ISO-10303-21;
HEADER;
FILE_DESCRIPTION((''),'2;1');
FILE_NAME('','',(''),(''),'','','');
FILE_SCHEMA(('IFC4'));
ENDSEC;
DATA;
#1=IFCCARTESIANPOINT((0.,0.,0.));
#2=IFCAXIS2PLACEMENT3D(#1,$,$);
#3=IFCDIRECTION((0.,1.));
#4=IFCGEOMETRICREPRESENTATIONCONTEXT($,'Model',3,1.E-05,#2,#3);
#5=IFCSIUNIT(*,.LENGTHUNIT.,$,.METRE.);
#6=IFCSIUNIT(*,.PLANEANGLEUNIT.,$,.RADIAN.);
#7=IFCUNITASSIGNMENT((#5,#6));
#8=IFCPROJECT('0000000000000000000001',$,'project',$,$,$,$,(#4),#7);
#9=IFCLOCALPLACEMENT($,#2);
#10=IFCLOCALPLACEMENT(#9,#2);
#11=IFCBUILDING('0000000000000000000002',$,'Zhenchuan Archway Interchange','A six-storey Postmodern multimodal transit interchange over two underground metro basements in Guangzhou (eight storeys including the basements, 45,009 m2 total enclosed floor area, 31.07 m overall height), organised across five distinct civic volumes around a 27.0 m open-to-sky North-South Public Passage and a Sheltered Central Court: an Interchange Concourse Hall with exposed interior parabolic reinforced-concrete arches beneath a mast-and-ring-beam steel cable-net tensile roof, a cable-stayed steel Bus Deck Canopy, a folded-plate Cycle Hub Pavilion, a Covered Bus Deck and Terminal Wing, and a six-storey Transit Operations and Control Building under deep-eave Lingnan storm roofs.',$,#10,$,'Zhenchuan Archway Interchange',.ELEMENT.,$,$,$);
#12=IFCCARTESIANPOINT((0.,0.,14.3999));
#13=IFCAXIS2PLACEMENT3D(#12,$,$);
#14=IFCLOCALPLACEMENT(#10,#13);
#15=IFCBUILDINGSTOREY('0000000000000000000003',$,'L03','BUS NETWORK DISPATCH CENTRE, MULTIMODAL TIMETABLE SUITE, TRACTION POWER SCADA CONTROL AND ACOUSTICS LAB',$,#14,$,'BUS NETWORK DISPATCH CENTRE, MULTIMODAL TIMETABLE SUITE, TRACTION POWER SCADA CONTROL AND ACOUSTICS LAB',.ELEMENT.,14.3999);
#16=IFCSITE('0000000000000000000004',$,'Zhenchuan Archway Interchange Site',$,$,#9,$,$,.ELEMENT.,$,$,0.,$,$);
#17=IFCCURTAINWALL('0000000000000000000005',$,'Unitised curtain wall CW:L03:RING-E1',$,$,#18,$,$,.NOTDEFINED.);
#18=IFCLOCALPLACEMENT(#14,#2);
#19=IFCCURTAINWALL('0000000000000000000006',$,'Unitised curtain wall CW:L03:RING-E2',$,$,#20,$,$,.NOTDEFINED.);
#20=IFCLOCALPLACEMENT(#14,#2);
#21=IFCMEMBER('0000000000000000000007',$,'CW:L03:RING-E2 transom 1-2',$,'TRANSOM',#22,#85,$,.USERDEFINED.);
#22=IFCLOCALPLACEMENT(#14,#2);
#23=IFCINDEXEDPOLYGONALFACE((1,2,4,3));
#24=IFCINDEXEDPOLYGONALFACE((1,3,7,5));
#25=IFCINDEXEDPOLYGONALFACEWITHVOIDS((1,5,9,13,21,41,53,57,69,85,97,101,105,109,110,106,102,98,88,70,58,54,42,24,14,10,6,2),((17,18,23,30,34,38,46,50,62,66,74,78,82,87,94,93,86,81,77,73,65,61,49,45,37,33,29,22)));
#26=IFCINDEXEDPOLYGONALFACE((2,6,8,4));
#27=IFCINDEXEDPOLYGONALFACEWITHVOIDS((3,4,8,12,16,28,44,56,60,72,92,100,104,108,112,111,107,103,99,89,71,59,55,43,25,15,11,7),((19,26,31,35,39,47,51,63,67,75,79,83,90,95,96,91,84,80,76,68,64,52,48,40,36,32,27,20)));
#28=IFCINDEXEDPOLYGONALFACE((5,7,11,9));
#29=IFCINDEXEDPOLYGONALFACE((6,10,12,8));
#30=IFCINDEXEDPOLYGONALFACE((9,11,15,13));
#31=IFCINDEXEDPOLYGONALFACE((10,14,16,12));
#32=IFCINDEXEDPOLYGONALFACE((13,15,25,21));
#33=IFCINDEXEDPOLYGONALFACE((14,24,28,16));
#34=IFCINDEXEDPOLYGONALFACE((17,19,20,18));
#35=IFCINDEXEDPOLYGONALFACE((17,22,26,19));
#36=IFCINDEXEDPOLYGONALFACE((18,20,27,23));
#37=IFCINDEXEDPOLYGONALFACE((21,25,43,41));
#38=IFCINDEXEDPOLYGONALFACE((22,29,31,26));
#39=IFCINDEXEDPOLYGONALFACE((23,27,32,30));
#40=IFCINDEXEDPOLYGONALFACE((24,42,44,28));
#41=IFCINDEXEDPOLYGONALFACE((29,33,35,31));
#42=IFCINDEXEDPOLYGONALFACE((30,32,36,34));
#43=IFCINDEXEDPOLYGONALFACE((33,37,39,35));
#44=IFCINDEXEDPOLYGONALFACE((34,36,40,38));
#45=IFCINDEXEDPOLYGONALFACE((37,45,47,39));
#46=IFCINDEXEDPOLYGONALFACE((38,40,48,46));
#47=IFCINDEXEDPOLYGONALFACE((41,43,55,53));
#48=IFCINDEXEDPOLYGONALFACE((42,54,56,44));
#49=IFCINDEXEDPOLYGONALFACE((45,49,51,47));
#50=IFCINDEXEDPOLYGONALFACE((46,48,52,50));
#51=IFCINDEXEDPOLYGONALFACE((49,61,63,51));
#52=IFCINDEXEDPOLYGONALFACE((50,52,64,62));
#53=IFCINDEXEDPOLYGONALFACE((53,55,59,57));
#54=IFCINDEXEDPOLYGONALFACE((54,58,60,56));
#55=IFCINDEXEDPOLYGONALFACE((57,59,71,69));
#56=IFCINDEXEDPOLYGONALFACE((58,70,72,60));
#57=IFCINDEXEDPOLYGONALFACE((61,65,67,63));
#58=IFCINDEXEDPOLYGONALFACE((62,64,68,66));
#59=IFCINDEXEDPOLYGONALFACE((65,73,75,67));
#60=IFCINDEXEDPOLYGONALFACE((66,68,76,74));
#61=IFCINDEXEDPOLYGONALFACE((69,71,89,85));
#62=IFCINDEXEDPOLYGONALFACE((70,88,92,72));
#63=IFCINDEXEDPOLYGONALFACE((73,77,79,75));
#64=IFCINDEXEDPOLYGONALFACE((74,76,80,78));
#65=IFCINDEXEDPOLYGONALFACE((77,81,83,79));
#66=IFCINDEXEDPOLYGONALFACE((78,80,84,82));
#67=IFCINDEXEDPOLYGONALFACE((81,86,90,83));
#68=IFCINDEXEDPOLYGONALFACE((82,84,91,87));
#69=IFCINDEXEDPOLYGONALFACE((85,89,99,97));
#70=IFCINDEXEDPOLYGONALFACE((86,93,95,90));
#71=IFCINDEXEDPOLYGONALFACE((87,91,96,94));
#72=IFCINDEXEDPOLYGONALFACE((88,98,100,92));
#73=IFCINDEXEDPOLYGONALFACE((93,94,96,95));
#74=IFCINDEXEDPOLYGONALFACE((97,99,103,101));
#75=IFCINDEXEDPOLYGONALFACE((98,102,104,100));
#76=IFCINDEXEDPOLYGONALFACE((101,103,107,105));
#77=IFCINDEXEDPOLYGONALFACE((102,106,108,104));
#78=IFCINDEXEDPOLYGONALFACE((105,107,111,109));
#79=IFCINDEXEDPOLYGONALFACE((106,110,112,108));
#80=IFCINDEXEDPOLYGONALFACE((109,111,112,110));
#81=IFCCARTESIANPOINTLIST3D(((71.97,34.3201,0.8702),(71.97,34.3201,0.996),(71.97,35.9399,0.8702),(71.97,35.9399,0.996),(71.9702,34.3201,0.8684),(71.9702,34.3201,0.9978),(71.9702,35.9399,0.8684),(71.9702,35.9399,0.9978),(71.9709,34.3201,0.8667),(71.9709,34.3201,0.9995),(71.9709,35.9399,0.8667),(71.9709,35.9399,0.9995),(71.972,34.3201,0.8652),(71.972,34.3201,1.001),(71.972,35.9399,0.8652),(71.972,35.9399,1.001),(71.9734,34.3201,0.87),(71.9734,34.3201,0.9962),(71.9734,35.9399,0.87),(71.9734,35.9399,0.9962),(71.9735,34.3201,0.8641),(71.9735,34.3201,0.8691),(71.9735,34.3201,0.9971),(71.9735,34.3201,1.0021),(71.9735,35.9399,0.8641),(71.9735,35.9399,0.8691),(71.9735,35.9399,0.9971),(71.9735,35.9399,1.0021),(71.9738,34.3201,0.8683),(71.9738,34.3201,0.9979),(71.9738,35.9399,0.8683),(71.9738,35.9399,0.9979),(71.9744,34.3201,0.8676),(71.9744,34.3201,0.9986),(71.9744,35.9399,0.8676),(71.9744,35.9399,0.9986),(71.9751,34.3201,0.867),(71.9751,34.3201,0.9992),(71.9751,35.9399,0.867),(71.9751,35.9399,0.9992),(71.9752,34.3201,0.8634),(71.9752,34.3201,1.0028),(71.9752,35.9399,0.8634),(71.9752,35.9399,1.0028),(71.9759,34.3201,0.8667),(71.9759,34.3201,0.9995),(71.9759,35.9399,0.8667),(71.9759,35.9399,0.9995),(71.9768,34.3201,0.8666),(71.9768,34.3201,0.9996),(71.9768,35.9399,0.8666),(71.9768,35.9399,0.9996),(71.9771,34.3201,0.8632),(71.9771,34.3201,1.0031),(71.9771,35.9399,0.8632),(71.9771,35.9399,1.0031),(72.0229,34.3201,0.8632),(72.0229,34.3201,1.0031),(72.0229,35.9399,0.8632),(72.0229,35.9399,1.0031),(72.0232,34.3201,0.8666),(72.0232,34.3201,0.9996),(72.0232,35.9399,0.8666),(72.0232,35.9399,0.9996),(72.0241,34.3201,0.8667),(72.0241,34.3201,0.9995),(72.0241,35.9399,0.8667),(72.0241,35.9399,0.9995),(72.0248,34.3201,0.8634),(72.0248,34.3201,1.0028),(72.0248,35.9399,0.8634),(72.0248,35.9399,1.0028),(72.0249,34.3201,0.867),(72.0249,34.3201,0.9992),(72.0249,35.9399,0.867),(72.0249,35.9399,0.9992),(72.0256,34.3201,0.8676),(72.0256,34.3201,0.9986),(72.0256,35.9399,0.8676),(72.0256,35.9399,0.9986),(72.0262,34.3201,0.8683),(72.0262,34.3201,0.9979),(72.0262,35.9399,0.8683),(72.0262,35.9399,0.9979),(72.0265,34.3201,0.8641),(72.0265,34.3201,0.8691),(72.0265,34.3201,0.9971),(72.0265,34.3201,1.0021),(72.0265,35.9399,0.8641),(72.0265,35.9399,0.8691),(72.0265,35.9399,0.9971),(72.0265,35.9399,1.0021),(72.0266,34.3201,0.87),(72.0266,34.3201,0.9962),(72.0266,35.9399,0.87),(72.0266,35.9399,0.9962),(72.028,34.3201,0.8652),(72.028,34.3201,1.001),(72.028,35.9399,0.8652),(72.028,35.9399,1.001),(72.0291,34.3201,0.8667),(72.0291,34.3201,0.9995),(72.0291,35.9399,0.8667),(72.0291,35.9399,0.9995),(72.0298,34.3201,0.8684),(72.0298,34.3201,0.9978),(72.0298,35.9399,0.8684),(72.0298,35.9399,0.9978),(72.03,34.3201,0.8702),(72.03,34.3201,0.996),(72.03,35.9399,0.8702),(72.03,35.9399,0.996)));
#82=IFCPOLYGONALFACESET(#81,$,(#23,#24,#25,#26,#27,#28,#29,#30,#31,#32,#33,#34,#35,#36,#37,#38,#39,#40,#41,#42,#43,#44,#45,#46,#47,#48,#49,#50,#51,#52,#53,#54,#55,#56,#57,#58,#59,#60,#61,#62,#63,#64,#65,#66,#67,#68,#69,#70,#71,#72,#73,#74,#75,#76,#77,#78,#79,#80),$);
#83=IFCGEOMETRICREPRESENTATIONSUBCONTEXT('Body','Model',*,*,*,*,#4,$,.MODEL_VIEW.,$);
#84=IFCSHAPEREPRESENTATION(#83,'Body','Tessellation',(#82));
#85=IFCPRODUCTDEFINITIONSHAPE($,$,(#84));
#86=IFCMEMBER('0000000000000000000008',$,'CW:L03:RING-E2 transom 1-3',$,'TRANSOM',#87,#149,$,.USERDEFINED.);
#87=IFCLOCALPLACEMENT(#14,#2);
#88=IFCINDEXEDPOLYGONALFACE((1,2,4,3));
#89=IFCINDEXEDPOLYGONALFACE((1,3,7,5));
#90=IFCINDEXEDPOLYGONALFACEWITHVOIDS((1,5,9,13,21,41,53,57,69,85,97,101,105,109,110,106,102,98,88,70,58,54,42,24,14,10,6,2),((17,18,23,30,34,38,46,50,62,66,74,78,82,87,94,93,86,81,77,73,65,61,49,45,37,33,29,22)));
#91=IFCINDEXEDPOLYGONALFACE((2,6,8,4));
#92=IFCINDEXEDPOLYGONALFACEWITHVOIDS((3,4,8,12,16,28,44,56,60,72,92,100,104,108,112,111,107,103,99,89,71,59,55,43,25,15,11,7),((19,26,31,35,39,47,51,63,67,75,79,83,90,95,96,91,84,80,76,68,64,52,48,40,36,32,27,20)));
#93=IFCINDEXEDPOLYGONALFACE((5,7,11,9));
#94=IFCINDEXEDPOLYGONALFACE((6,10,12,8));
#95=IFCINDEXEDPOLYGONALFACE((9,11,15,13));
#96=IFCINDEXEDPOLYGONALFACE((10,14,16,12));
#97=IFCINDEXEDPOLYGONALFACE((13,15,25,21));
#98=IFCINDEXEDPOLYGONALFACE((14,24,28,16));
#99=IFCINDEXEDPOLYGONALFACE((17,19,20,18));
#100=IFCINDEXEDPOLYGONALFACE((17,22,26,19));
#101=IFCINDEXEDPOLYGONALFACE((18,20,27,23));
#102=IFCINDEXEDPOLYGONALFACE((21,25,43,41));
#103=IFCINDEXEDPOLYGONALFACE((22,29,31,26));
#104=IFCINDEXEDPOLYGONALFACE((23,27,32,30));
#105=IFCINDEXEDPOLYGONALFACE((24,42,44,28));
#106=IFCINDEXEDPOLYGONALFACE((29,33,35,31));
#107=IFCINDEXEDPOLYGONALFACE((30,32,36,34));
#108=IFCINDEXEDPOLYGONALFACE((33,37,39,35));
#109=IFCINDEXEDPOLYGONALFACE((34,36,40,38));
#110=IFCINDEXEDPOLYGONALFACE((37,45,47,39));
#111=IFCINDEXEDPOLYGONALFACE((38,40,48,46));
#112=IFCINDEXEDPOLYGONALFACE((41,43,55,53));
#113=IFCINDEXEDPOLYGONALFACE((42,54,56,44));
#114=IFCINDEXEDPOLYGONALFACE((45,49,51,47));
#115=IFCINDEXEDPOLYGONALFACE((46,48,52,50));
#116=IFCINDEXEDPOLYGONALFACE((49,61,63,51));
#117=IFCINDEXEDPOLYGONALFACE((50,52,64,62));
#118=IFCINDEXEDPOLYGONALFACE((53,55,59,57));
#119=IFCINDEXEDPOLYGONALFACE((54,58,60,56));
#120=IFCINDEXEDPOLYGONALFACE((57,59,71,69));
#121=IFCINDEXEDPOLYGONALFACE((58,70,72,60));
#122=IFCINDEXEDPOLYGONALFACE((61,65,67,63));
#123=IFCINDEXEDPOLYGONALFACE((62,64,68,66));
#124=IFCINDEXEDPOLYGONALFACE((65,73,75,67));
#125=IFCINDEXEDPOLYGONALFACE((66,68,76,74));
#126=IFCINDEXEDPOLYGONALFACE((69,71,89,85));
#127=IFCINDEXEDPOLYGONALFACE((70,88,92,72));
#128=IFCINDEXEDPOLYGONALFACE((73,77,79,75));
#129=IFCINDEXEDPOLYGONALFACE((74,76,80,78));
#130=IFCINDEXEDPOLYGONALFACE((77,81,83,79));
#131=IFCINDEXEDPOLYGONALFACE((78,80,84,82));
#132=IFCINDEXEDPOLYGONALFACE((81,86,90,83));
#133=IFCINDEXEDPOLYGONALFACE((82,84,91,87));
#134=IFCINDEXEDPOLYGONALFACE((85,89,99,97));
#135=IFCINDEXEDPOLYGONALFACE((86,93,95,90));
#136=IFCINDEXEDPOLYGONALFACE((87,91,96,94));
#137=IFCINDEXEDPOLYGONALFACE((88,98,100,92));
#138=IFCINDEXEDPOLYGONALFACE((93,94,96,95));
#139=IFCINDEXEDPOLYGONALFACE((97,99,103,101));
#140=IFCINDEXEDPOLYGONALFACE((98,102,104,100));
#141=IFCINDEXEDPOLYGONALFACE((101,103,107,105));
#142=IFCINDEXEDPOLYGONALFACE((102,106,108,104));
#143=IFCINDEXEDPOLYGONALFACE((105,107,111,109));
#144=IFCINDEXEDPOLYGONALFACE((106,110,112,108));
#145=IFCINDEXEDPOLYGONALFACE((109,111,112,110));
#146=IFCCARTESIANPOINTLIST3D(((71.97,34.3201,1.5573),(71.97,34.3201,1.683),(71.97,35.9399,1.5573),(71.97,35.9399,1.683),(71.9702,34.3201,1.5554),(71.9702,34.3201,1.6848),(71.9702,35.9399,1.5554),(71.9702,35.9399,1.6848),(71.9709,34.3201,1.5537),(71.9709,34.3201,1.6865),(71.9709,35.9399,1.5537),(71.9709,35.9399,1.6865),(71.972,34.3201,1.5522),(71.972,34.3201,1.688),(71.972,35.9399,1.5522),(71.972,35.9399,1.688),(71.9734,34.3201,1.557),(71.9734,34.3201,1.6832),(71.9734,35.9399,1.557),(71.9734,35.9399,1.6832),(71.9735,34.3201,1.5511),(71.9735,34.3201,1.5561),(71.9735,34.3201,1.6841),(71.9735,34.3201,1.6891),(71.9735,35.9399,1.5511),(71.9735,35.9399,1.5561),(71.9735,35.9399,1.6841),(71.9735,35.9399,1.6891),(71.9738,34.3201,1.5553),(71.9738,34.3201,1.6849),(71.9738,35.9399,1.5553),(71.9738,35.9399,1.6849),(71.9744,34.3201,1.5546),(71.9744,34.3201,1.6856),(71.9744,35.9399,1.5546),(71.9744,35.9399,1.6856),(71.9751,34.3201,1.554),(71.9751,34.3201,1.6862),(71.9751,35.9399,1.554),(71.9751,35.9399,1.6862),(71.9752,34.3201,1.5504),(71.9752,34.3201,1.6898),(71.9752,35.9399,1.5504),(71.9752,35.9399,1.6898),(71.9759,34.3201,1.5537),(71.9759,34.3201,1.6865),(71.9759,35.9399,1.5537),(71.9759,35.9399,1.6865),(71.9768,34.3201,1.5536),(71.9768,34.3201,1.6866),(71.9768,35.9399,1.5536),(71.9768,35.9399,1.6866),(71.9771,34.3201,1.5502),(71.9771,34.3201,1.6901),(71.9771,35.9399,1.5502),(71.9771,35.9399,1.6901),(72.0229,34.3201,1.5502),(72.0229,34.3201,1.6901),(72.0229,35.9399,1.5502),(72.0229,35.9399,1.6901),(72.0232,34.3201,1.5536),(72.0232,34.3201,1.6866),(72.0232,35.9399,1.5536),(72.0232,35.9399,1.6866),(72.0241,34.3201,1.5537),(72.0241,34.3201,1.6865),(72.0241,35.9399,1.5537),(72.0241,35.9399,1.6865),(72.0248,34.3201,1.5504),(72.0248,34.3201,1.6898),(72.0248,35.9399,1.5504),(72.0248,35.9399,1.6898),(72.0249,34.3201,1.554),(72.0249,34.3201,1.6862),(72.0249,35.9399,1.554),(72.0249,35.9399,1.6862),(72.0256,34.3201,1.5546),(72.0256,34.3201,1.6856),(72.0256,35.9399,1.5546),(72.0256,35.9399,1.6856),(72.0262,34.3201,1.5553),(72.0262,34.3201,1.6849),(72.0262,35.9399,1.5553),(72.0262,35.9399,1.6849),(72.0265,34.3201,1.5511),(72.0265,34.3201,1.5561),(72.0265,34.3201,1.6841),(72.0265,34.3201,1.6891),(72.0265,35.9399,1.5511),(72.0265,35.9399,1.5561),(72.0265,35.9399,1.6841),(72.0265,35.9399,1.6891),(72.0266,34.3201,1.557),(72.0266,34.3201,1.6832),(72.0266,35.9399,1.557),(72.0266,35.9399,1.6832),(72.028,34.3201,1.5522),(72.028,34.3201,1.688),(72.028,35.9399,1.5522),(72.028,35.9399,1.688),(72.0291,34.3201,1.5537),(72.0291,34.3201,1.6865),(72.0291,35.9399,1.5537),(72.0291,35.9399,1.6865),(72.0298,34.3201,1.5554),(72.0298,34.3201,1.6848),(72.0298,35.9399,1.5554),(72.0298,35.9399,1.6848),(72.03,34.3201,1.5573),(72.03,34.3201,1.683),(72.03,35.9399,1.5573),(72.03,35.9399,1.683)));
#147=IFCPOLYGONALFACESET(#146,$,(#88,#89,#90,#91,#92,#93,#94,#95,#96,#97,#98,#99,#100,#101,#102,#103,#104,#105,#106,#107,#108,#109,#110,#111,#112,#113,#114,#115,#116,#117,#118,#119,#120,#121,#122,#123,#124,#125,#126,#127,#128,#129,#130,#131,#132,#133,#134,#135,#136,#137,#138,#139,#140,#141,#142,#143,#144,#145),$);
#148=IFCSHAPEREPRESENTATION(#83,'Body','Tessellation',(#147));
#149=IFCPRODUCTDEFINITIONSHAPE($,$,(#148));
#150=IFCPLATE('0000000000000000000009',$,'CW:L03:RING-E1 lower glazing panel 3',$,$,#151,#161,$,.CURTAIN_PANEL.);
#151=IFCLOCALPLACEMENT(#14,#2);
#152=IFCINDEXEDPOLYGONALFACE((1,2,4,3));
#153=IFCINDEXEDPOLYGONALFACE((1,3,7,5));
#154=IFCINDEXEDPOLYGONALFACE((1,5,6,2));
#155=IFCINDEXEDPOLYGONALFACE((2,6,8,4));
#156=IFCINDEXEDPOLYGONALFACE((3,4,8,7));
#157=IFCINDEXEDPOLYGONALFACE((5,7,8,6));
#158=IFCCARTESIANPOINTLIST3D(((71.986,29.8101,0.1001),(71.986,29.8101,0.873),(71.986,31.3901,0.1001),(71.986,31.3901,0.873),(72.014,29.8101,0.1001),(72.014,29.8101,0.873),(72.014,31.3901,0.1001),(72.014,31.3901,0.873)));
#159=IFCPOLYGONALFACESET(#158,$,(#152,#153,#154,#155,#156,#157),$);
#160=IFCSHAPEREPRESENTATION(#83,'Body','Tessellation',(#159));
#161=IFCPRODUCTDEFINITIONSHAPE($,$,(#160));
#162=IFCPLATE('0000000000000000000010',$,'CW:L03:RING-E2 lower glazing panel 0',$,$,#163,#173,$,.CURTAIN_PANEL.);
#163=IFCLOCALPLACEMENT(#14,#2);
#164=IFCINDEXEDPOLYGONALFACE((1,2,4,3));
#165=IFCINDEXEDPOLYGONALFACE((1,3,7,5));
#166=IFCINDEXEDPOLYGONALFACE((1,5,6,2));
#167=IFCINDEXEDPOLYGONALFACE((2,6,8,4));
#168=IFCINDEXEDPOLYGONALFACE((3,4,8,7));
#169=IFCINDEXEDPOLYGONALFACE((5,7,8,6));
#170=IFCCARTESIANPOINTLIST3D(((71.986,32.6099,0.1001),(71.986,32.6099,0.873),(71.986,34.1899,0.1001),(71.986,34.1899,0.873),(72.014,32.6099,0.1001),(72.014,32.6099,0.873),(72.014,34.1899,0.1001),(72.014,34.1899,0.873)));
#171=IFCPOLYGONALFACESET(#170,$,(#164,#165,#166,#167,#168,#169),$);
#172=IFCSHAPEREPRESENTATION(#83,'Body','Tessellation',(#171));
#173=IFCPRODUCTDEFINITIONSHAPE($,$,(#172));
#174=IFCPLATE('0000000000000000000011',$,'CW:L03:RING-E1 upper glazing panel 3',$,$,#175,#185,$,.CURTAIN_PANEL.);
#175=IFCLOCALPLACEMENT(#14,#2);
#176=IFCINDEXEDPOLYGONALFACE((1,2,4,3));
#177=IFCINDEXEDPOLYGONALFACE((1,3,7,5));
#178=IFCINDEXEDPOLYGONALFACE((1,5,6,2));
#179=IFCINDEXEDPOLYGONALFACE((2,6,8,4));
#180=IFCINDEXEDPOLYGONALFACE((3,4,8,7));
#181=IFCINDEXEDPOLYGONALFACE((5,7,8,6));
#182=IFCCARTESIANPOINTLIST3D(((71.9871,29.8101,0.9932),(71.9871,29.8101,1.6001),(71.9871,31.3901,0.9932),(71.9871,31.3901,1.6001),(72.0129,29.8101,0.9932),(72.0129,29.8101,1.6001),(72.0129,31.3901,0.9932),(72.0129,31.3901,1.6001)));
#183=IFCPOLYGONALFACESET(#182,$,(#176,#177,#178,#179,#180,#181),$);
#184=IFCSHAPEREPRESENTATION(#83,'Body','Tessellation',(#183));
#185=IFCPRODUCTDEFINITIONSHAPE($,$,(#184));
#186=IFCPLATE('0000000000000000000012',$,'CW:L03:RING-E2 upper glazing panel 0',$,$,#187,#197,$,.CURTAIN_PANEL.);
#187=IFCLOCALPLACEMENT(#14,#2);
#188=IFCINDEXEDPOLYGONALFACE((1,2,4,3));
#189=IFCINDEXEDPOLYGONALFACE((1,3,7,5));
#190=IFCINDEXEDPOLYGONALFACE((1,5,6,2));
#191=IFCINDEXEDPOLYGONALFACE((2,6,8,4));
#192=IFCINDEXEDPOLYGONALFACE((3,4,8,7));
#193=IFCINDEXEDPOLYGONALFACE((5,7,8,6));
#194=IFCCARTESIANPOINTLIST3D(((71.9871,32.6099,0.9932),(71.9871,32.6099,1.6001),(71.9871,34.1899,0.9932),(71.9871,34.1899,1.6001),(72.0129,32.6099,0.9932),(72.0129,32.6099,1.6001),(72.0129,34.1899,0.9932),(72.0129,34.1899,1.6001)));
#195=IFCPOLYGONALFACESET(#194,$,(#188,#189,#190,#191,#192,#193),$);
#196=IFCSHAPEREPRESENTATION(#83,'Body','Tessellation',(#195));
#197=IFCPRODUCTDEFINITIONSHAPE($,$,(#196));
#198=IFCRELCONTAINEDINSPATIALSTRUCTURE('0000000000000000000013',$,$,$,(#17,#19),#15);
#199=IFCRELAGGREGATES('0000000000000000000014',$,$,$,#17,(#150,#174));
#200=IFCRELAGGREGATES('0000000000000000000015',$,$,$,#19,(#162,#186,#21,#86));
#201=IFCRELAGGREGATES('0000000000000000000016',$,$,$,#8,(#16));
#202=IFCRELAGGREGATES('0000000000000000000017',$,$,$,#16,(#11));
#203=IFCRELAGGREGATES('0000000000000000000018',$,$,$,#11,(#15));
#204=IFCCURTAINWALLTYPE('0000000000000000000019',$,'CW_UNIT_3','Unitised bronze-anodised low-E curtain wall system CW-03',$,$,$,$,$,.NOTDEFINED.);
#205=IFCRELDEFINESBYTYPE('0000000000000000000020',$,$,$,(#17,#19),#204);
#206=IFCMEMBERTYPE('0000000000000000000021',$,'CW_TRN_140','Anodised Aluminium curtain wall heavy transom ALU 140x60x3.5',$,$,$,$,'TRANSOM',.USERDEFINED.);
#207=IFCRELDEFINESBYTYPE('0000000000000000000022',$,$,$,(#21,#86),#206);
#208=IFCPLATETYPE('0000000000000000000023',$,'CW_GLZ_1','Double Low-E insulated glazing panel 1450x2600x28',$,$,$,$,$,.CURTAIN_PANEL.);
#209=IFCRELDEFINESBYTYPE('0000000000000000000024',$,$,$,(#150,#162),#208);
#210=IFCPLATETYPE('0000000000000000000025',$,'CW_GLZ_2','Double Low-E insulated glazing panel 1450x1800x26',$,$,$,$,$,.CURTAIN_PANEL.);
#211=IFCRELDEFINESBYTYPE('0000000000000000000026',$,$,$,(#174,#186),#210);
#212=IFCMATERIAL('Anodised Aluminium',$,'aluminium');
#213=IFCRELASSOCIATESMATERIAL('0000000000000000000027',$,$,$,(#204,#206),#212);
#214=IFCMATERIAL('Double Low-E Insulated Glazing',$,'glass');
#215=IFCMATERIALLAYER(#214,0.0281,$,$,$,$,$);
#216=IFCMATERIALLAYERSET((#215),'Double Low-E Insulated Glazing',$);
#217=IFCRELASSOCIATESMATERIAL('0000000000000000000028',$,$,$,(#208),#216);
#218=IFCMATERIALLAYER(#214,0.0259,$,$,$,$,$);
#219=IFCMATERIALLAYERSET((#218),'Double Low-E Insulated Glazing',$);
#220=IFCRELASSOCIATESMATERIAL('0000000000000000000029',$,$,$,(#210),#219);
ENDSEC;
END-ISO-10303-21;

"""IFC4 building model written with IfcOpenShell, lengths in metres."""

from ifc_helpers import new_model, si_unit, direction, frame, origin, origin_2d, place, context, subcontext, project, spatial, rectangle, hollow_rectangle, extrude, material, layer, layer_set, material_profile, profile_set, type_object, element, aggregate, save


model = new_model("IFC4")

# Units and contexts
model_context = context("Model", 3, precision=1e-05, world=origin(), true_north=direction((0.0, 1.0)))
body_context = subcontext(model_context, "Body", "Model", "MODEL_VIEW")
ifc_project = project(units=[si_unit("LENGTHUNIT", "METRE"), si_unit("PLANEANGLEUNIT", "RADIAN")], contexts=[model_context])

# Site, building, storey
site_placement = place(None, origin())
site = spatial("IfcSite", under=ifc_project, at=site_placement, Name="Zhenchuan Archway Interchange Site", CompositionType="ELEMENT", RefElevation=0.0)
building_placement = place(site_placement, origin())
building = spatial("IfcBuilding", under=site, at=building_placement, Name="Zhenchuan Archway Interchange", Description="A six-storey Postmodern multimodal transit interchange over two underground metro basements in Guangzhou (eight storeys including the basements, 45,009 m2 total enclosed floor area, 31.07 m overall height), organised across five distinct civic volumes around a 27.0 m open-to-sky North-South Public Passage and a Sheltered Central Court: an Interchange Concourse Hall with exposed interior parabolic reinforced-concrete arches beneath a mast-and-ring-beam steel cable-net tensile roof, a cable-stayed steel Bus Deck Canopy, a folded-plate Cycle Hub Pavilion, a Covered Bus Deck and Terminal Wing, and a six-storey Transit Operations and Control Building under deep-eave Lingnan storm roofs.", LongName="Zhenchuan Archway Interchange", CompositionType="ELEMENT")
storey_placement = place(building_placement, frame((0.0, 0.0, 14.3999)))
storey = spatial("IfcBuildingStorey", under=building, at=storey_placement, Name="L03", Description="BUS NETWORK DISPATCH CENTRE, MULTIMODAL TIMETABLE SUITE, TRACTION POWER SCADA CONTROL AND ACOUSTICS LAB", LongName="BUS NETWORK DISPATCH CENTRE, MULTIMODAL TIMETABLE SUITE, TRACTION POWER SCADA CONTROL AND ACOUSTICS LAB", CompositionType="ELEMENT", Elevation=14.3999)

# Curtain walls
ifc_material_1 = material(Name="Anodised Aluminium", Category="aluminium")
curtain_wall_type = type_object("IfcCurtainWallType", Name="CW_UNIT_3", Description="Unitised bronze-anodised low-E curtain wall system CW-03", PredefinedType="NOTDEFINED", material=ifc_material_1)
curtain_wall_1_placement = place(storey_placement, origin())
curtain_wall_1 = element("IfcCurtainWall", 1, at=curtain_wall_1_placement, inside=storey, type_object=curtain_wall_type, Name="Unitised curtain wall CW:L03:RING-E1", PredefinedType="NOTDEFINED")
curtain_wall_2_placement = place(storey_placement, origin())
curtain_wall_2 = element("IfcCurtainWall", 2, at=curtain_wall_2_placement, inside=storey, type_object=curtain_wall_type, Name="Unitised curtain wall CW:L03:RING-E2", PredefinedType="NOTDEFINED")

# Members
ifc_material_profile_1 = material_profile(ifc_material_1, hollow_rectangle(XDim=0.0601, YDim=0.1399, WallThickness=0.0034, InnerFilletRadius=0.0034, OuterFilletRadius=0.0071, at=origin_2d()), Name="ALU 140x60x3.5")
ifc_profile_set_1 = profile_set([ifc_material_profile_1], Name="Anodised Aluminium")
member_type_1 = type_object("IfcMemberType", Name="CW_TRN_140", Description="Anodised Aluminium curtain wall heavy transom ALU 140x60x3.5", ElementType="TRANSOM", PredefinedType="USERDEFINED", material=ifc_profile_set_1)
member_1_placement = place(storey_placement, frame((72.0, 34.3201, 0.9331), z_axis=(0.0, 1.0, 0.0), x_axis=(-1.0, 0.0, 0.0)))
member_1 = element("IfcMember", 3, at=member_1_placement, type_object=member_type_1, Name="CW:L03:RING-E2 transom 1-2", ObjectType="TRANSOM", PredefinedType="USERDEFINED", context=body_context, shape_type="SweptSolid", body=[
    extrude(hollow_rectangle(XDim=0.0601, YDim=0.1399, WallThickness=0.0034, InnerFilletRadius=0.0034, OuterFilletRadius=0.0071, at=origin_2d()), origin(), (0.0, 0.0, 1.0), 1.6199),
])
member_2_placement = place(storey_placement, frame((72.0, 34.3201, 1.6201), z_axis=(0.0, 1.0, 0.0), x_axis=(-1.0, 0.0, 0.0)))
member_2 = element("IfcMember", 4, at=member_2_placement, type_object=member_type_1, Name="CW:L03:RING-E2 transom 1-3", ObjectType="TRANSOM", PredefinedType="USERDEFINED", context=body_context, shape_type="SweptSolid", body=[
    extrude(hollow_rectangle(XDim=0.0601, YDim=0.1399, WallThickness=0.0034, InnerFilletRadius=0.0034, OuterFilletRadius=0.0071, at=origin_2d()), origin(), (0.0, 0.0, 1.0), 1.6199),
])

# Plates
ifc_material_2 = material(Name="Double Low-E Insulated Glazing", Category="glass")
ifc_layer_1 = layer(ifc_material_2, 0.0281)
ifc_layer_set_1 = layer_set([ifc_layer_1], Name="Double Low-E Insulated Glazing")
plate_type_1 = type_object("IfcPlateType", Name="CW_GLZ_1", Description="Double Low-E insulated glazing panel 1450x2600x28", PredefinedType="CURTAIN_PANEL", material=ifc_layer_set_1)
plate_1_placement = place(storey_placement, frame((72.0, 30.6001, 0.1001), z_axis=(0.0, 0.0, 1.0), x_axis=(0.0, 1.0, 0.0)))
plate_1 = element("IfcPlate", 5, at=plate_1_placement, type_object=plate_type_1, Name="CW:L03:RING-E1 lower glazing panel 3", PredefinedType="CURTAIN_PANEL", context=body_context, shape_type="SweptSolid", body=[
    extrude(rectangle(XDim=1.5801, YDim=0.0281, at=origin_2d()), origin(), (0.0, 0.0, 1.0), 0.7729),
])
plate_2_placement = place(storey_placement, frame((72.0, 33.3999, 0.1001), z_axis=(0.0, 0.0, 1.0), x_axis=(0.0, 1.0, 0.0)))
plate_2 = element("IfcPlate", 6, at=plate_2_placement, type_object=plate_type_1, Name="CW:L03:RING-E2 lower glazing panel 0", PredefinedType="CURTAIN_PANEL", context=body_context, shape_type="SweptSolid", body=[
    extrude(rectangle(XDim=1.5801, YDim=0.0281, at=origin_2d()), origin(), (0.0, 0.0, 1.0), 0.7729),
])
ifc_layer_2 = layer(ifc_material_2, 0.0259)
ifc_layer_set_2 = layer_set([ifc_layer_2], Name="Double Low-E Insulated Glazing")
plate_type_2 = type_object("IfcPlateType", Name="CW_GLZ_2", Description="Double Low-E insulated glazing panel 1450x1800x26", PredefinedType="CURTAIN_PANEL", material=ifc_layer_set_2)
plate_3_placement = place(storey_placement, frame((72.0, 30.6001, 0.9932), z_axis=(0.0, 0.0, 1.0), x_axis=(0.0, 1.0, 0.0)))
plate_3 = element("IfcPlate", 7, at=plate_3_placement, type_object=plate_type_2, Name="CW:L03:RING-E1 upper glazing panel 3", PredefinedType="CURTAIN_PANEL", context=body_context, shape_type="SweptSolid", body=[
    extrude(rectangle(XDim=1.5801, YDim=0.0259, at=origin_2d()), origin(), (0.0, 0.0, 1.0), 0.6069),
])
plate_4_placement = place(storey_placement, frame((72.0, 33.3999, 0.9932), z_axis=(0.0, 0.0, 1.0), x_axis=(0.0, 1.0, 0.0)))
plate_4 = element("IfcPlate", 8, at=plate_4_placement, type_object=plate_type_2, Name="CW:L03:RING-E2 upper glazing panel 0", PredefinedType="CURTAIN_PANEL", context=body_context, shape_type="SweptSolid", body=[
    extrude(rectangle(XDim=1.5801, YDim=0.0259, at=origin_2d()), origin(), (0.0, 0.0, 1.0), 0.6069),
])
aggregate(curtain_wall_1, [plate_1, plate_3])
aggregate(curtain_wall_2, [plate_2, plate_4, member_1, member_2])

save(model, "model.ifc")
